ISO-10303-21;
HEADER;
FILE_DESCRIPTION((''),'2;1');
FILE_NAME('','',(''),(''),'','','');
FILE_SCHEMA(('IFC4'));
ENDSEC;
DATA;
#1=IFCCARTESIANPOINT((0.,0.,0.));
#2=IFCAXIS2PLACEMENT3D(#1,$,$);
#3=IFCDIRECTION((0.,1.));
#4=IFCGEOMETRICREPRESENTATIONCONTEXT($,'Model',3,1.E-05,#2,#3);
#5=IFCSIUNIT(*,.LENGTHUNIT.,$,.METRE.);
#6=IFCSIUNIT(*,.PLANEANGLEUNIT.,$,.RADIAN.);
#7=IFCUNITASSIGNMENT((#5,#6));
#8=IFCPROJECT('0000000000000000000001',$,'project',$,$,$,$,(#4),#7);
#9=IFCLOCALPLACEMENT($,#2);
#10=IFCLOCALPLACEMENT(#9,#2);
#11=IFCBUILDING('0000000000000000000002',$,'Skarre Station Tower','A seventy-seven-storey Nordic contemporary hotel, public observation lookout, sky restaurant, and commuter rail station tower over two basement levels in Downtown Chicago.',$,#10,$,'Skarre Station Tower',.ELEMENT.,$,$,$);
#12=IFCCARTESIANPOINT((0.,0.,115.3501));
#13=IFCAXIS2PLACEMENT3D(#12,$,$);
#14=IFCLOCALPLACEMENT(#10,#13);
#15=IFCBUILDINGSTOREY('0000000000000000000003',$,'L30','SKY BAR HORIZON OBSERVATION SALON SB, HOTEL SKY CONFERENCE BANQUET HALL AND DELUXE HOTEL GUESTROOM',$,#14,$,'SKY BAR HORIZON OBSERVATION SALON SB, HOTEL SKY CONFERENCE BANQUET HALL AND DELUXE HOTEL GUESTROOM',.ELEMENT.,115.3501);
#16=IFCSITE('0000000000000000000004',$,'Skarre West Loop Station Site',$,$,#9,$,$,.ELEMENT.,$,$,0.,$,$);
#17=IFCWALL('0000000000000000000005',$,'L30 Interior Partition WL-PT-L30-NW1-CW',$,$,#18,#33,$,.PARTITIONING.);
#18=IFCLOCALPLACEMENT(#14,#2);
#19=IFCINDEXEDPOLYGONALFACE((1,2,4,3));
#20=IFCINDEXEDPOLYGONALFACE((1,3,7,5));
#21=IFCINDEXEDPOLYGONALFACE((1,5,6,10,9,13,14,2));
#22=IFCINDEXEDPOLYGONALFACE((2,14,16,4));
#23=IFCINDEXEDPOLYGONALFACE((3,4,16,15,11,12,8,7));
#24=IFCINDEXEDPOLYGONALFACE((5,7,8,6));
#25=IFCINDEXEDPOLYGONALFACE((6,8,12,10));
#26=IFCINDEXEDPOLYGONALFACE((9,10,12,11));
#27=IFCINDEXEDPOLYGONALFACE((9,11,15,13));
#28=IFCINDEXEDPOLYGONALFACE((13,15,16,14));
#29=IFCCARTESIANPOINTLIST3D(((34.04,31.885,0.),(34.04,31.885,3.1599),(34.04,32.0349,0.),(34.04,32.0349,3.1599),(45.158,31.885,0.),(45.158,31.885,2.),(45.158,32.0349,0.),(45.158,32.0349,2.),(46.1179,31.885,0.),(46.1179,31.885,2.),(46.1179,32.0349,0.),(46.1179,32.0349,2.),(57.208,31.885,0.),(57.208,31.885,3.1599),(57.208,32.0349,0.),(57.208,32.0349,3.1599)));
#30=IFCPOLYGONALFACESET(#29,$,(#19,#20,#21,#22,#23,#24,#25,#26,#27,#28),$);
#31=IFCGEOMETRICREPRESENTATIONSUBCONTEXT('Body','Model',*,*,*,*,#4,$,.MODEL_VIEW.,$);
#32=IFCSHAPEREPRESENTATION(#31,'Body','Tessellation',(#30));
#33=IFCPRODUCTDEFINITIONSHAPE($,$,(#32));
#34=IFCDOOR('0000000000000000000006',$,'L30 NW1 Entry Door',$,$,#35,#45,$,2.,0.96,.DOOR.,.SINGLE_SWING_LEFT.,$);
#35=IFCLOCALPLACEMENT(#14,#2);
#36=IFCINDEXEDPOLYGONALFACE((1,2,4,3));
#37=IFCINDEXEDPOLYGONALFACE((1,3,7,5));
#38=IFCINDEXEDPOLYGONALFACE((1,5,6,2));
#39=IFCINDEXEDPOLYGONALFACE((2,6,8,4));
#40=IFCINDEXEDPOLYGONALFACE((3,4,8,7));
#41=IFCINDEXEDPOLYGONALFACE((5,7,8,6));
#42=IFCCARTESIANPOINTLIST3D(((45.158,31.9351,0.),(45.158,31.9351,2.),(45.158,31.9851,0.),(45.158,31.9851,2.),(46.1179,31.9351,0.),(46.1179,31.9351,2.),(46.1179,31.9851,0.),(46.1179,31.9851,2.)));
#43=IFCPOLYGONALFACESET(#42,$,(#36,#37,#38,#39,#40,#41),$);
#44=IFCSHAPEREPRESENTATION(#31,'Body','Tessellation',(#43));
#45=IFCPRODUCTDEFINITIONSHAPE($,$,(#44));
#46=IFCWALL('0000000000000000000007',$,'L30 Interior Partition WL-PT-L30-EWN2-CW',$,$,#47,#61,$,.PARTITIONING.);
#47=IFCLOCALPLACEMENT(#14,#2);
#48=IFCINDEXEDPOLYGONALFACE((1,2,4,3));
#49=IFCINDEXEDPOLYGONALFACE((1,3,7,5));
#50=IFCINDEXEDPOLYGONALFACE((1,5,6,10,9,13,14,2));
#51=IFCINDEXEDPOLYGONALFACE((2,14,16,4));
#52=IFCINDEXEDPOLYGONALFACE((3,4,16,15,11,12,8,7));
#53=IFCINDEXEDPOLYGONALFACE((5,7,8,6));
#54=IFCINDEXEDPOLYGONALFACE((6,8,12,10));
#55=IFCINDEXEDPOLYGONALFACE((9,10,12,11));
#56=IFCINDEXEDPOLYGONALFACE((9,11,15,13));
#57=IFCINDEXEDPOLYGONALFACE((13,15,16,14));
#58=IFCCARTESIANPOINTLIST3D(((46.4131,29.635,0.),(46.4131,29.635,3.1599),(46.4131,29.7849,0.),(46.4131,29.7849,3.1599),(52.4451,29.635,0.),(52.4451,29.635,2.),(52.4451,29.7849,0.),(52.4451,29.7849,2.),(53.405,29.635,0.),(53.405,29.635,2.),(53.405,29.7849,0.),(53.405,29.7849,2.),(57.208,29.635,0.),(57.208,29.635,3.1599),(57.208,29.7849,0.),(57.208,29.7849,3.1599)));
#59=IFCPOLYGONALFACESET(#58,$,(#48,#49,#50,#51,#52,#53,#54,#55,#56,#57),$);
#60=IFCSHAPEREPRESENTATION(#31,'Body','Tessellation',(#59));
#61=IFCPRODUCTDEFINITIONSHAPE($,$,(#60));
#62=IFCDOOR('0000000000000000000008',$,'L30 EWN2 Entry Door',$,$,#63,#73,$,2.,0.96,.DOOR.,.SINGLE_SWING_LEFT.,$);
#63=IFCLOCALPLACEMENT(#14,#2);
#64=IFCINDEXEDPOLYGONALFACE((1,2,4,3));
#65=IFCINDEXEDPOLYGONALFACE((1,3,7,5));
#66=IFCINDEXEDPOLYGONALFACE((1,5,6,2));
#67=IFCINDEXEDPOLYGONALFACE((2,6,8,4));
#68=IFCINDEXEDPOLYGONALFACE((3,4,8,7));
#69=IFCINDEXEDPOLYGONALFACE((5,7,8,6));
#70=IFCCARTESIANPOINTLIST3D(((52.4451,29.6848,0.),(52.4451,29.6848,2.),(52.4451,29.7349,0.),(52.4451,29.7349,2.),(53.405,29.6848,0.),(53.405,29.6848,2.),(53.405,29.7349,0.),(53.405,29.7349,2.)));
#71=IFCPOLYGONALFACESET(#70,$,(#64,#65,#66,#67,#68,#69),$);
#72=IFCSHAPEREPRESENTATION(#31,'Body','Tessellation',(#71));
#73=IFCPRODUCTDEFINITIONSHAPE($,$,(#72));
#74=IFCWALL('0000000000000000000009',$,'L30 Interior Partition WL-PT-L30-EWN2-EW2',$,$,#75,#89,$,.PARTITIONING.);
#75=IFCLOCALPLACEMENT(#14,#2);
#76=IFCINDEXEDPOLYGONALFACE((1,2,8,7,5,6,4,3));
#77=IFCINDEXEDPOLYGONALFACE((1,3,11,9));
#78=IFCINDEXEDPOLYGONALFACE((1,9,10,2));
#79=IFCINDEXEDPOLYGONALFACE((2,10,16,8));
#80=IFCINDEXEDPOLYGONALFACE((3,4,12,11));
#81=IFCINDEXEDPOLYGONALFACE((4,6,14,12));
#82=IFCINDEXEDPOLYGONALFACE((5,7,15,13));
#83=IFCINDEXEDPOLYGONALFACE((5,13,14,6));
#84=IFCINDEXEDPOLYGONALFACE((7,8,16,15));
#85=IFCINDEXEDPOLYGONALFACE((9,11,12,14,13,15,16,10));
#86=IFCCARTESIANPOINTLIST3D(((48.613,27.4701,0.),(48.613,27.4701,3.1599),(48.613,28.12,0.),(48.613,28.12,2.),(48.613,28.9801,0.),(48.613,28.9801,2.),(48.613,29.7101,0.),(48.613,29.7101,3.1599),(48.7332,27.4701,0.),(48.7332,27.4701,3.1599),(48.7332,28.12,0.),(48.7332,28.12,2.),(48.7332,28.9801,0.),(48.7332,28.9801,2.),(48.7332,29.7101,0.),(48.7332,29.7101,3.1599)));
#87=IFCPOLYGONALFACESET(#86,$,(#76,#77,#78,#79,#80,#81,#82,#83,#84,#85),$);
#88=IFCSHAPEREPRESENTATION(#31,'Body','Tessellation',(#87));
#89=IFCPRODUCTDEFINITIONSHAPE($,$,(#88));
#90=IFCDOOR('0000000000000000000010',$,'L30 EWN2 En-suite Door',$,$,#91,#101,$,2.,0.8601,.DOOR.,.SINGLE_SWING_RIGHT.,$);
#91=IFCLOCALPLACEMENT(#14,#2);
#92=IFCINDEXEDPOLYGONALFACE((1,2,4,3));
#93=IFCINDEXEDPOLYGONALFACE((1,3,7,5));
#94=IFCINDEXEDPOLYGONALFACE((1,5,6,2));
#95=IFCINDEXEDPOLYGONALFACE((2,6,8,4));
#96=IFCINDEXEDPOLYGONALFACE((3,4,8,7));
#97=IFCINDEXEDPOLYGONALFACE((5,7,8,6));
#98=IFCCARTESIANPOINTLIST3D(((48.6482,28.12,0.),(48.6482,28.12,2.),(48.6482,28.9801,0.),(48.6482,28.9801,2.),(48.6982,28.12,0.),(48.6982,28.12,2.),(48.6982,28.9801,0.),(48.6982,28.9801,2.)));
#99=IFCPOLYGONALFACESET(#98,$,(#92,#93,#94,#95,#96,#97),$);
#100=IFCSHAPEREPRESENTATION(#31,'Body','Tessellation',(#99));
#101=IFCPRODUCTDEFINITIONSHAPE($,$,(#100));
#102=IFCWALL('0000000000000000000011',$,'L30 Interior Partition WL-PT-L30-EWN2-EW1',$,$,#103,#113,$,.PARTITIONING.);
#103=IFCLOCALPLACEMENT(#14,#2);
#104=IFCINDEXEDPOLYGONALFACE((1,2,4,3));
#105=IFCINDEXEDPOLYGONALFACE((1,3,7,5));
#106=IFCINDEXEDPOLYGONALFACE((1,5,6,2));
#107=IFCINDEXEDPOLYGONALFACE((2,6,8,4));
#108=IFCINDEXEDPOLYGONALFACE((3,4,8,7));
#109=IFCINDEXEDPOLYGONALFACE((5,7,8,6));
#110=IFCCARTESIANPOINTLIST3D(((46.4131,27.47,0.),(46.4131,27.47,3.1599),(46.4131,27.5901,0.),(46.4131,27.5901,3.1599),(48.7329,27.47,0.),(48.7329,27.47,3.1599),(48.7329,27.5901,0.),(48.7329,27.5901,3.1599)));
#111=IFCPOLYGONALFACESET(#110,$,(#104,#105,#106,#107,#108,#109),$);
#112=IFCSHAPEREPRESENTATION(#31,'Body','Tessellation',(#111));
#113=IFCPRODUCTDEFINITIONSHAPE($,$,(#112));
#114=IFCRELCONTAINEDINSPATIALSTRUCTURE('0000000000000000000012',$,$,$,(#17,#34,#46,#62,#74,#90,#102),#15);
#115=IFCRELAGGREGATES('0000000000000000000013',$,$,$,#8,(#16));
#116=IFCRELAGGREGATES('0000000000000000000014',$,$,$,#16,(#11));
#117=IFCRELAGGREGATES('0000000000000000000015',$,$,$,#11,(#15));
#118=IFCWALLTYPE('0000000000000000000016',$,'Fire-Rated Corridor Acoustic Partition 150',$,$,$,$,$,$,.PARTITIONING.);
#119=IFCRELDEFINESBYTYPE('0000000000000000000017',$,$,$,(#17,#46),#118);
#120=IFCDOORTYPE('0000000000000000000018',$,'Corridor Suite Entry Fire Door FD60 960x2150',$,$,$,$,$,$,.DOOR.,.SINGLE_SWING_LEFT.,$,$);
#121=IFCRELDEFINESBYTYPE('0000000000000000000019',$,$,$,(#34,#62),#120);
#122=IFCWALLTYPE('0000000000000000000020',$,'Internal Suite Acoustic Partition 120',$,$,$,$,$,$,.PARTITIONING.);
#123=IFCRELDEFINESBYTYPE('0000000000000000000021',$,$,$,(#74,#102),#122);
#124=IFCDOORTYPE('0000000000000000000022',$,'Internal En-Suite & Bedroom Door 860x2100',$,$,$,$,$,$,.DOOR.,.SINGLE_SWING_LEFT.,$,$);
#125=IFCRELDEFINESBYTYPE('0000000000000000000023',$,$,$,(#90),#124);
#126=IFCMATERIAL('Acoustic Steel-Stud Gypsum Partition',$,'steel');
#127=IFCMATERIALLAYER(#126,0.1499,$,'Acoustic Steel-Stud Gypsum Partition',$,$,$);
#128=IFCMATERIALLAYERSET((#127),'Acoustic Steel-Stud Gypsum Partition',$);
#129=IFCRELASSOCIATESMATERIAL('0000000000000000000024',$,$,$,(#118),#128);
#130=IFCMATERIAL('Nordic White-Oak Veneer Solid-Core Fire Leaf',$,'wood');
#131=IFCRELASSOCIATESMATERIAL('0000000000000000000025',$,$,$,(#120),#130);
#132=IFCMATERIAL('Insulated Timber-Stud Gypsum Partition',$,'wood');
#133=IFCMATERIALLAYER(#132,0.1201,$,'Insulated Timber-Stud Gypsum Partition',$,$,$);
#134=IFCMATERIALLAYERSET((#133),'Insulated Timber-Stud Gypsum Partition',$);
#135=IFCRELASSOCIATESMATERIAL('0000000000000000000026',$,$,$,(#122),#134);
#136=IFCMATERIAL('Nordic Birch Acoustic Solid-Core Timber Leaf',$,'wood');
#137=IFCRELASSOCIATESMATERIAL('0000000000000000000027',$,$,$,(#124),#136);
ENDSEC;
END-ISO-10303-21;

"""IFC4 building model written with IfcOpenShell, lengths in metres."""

from ifc_helpers import new_model, si_unit, direction, frame, frame_2d, origin, place, context, subcontext, project, spatial, rectangle, extrude, material, layer, layer_set, type_object, element, fill, save


model = new_model("IFC4")

# Units and contexts
model_context = context("Model", 3, precision=1e-05, world=origin(), true_north=direction((0.0, 1.0)))
body_context = subcontext(model_context, "Body", "Model", "MODEL_VIEW")
ifc_project = project(units=[si_unit("LENGTHUNIT", "METRE"), si_unit("PLANEANGLEUNIT", "RADIAN")], contexts=[model_context])

# Site, building, storey
site_placement = place(None, origin())
site = spatial("IfcSite", under=ifc_project, at=site_placement, Name="Skarre West Loop Station Site", CompositionType="ELEMENT", RefElevation=0.0)
building_placement = place(site_placement, origin())
building = spatial("IfcBuilding", under=site, at=building_placement, Name="Skarre Station Tower", Description="A seventy-seven-storey Nordic contemporary hotel, public observation lookout, sky restaurant, and commuter rail station tower over two basement levels in Downtown Chicago.", LongName="Skarre Station Tower", CompositionType="ELEMENT")
storey_placement = place(building_placement, frame((0.0, 0.0, 115.3501)))
storey = spatial("IfcBuildingStorey", under=building, at=storey_placement, Name="L30", Description="SKY BAR HORIZON OBSERVATION SALON SB, HOTEL SKY CONFERENCE BANQUET HALL AND DELUXE HOTEL GUESTROOM", LongName="SKY BAR HORIZON OBSERVATION SALON SB, HOTEL SKY CONFERENCE BANQUET HALL AND DELUXE HOTEL GUESTROOM", CompositionType="ELEMENT", Elevation=115.3501)

# Walls, openings, doors
ifc_material_1 = material(Name="Acoustic Steel-Stud Gypsum Partition", Category="steel")
ifc_layer_1 = layer(ifc_material_1, 0.1499, Name="Acoustic Steel-Stud Gypsum Partition")
ifc_layer_set_1 = layer_set([ifc_layer_1], Name="Acoustic Steel-Stud Gypsum Partition")
wall_type_1 = type_object("IfcWallType", Name="Fire-Rated Corridor Acoustic Partition 150", PredefinedType="PARTITIONING", material=ifc_layer_set_1)
wall_1_placement = place(storey_placement, frame((57.208, 31.96, 0.0), z_axis=(0.0, 0.0, 1.0), x_axis=(-1.0, 0.0, 0.0)))
wall_1 = element("IfcWall", 1, at=wall_1_placement, inside=storey, type_object=wall_type_1, Name="L30 Interior Partition WL-PT-L30-NW1-CW", PredefinedType="PARTITIONING", context=body_context, shape_type="SweptSolid", body=[
    extrude(rectangle(XDim=23.168, YDim=0.1499, at=frame_2d((11.584, 0.0))), origin(), (0.0, 0.0, 1.0), 3.1599),
])
opening_1_placement = place(wall_1_placement, frame((11.0901, 0.0, 0.0)))
opening_1 = element("IfcOpeningElement", 2, at=opening_1_placement, cuts=wall_1, PredefinedType="OPENING", context=body_context, shape_type="SweptSolid", body=[
    extrude(rectangle(XDim=0.96, YDim=2.0, at=frame_2d((0.48, 1.0))), frame((0.0, 0.085, 0.0), z_axis=(0.0, -1.0, 0.0), x_axis=(1.0, 0.0, 0.0)), (0.0, 0.0, 1.0), 0.1699),
])
ifc_material_2 = material(Name="Nordic White-Oak Veneer Solid-Core Fire Leaf", Category="wood")
door_type_1 = type_object("IfcDoorType", Name="Corridor Suite Entry Fire Door FD60 960x2150", OperationType="SINGLE_SWING_LEFT", PredefinedType="DOOR", material=ifc_material_2)
door_1_placement = place(opening_1_placement, origin())
door_1 = element("IfcDoor", 3, at=door_1_placement, inside=storey, type_object=door_type_1, Name="L30 NW1 Entry Door", OperationType="SINGLE_SWING_LEFT", OverallHeight=2.0, OverallWidth=0.96, PredefinedType="DOOR", context=body_context, shape_type="SweptSolid", body=[
    extrude(rectangle(XDim=0.96, YDim=2.0, at=frame_2d((0.48, 1.0))), frame((0.0, 0.0249, 0.0), z_axis=(0.0, -1.0, 0.0), x_axis=(1.0, 0.0, 0.0)), (0.0, 0.0, 1.0), 0.05),
])
fill(opening_1, door_1)
wall_2_placement = place(storey_placement, frame((46.4131, 29.71, 0.0), z_axis=(0.0, 0.0, 1.0), x_axis=(1.0, 0.0, 0.0)))
wall_2 = element("IfcWall", 4, at=wall_2_placement, inside=storey, type_object=wall_type_1, Name="L30 Interior Partition WL-PT-L30-EWN2-CW", PredefinedType="PARTITIONING", context=body_context, shape_type="SweptSolid", body=[
    extrude(rectangle(XDim=10.7949, YDim=0.1499, at=frame_2d((5.3975, 0.0))), origin(), (0.0, 0.0, 1.0), 3.1599),
])
opening_2_placement = place(wall_2_placement, frame((6.032, 0.0, 0.0)))
opening_2 = element("IfcOpeningElement", 5, at=opening_2_placement, cuts=wall_2, PredefinedType="OPENING", context=body_context, shape_type="SweptSolid", body=[
    extrude(rectangle(XDim=0.96, YDim=2.0, at=frame_2d((0.48, 1.0))), frame((0.0, 0.085, 0.0), z_axis=(0.0, -1.0, 0.0), x_axis=(1.0, 0.0, 0.0)), (0.0, 0.0, 1.0), 0.1699),
])
door_2_placement = place(opening_2_placement, origin())
door_2 = element("IfcDoor", 6, at=door_2_placement, inside=storey, type_object=door_type_1, Name="L30 EWN2 Entry Door", OperationType="SINGLE_SWING_LEFT", OverallHeight=2.0, OverallWidth=0.96, PredefinedType="DOOR", context=body_context, shape_type="SweptSolid", body=[
    extrude(rectangle(XDim=0.96, YDim=2.0, at=frame_2d((0.48, 1.0))), frame((0.0, 0.0249, 0.0), z_axis=(0.0, -1.0, 0.0), x_axis=(1.0, 0.0, 0.0)), (0.0, 0.0, 1.0), 0.05),
])
fill(opening_2, door_2)
ifc_material_3 = material(Name="Insulated Timber-Stud Gypsum Partition", Category="wood")
ifc_layer_2 = layer(ifc_material_3, 0.1201, Name="Insulated Timber-Stud Gypsum Partition")
ifc_layer_set_2 = layer_set([ifc_layer_2], Name="Insulated Timber-Stud Gypsum Partition")
wall_type_2 = type_object("IfcWallType", Name="Internal Suite Acoustic Partition 120", PredefinedType="PARTITIONING", material=ifc_layer_set_2)
wall_3_placement = place(storey_placement, frame((48.6731, 27.47, 0.0), z_axis=(0.0, 0.0, 1.0), x_axis=(0.0, 1.0, 0.0)))
wall_3 = element("IfcWall", 7, at=wall_3_placement, inside=storey, type_object=wall_type_2, Name="L30 Interior Partition WL-PT-L30-EWN2-EW2", PredefinedType="PARTITIONING", context=body_context, shape_type="SweptSolid", body=[
    extrude(rectangle(XDim=2.24, YDim=0.1201, at=frame_2d((1.1201, 0.0))), origin(), (0.0, 0.0, 1.0), 3.1599),
])
opening_3_placement = place(wall_3_placement, frame((0.6499, 0.0, 0.0)))
opening_3 = element("IfcOpeningElement", 8, at=opening_3_placement, cuts=wall_3, PredefinedType="OPENING", context=body_context, shape_type="SweptSolid", body=[
    extrude(rectangle(XDim=0.8601, YDim=2.0, at=frame_2d((0.4302, 1.0))), frame((0.0, 0.0701, 0.0), z_axis=(0.0, -1.0, 0.0), x_axis=(1.0, 0.0, 0.0)), (0.0, 0.0, 1.0), 0.1401),
])
ifc_material_4 = material(Name="Nordic Birch Acoustic Solid-Core Timber Leaf", Category="wood")
door_type_2 = type_object("IfcDoorType", Name="Internal En-Suite & Bedroom Door 860x2100", OperationType="SINGLE_SWING_LEFT", PredefinedType="DOOR", material=ifc_material_4)
door_3_placement = place(opening_3_placement, origin())
door_3 = element("IfcDoor", 9, at=door_3_placement, inside=storey, type_object=door_type_2, Name="L30 EWN2 En-suite Door", OperationType="SINGLE_SWING_RIGHT", OverallHeight=2.0, OverallWidth=0.8601, PredefinedType="DOOR", context=body_context, shape_type="SweptSolid", body=[
    extrude(rectangle(XDim=0.8601, YDim=2.0, at=frame_2d((0.4302, 1.0))), frame((0.0, 0.0249, 0.0), z_axis=(0.0, -1.0, 0.0), x_axis=(1.0, 0.0, 0.0)), (0.0, 0.0, 1.0), 0.05),
])
fill(opening_3, door_3)

# Wall
wall_4_placement = place(storey_placement, frame((46.4131, 27.53, 0.0), z_axis=(0.0, 0.0, 1.0), x_axis=(1.0, 0.0, 0.0)))
element("IfcWall", 10, at=wall_4_placement, inside=storey, type_object=wall_type_2, Name="L30 Interior Partition WL-PT-L30-EWN2-EW1", PredefinedType="PARTITIONING", context=body_context, shape_type="SweptSolid", body=[
    extrude(rectangle(XDim=2.3198, YDim=0.1201, at=frame_2d((1.1599, 0.0))), origin(), (0.0, 0.0, 1.0), 3.1599),
])

save(model, "model.ifc")
